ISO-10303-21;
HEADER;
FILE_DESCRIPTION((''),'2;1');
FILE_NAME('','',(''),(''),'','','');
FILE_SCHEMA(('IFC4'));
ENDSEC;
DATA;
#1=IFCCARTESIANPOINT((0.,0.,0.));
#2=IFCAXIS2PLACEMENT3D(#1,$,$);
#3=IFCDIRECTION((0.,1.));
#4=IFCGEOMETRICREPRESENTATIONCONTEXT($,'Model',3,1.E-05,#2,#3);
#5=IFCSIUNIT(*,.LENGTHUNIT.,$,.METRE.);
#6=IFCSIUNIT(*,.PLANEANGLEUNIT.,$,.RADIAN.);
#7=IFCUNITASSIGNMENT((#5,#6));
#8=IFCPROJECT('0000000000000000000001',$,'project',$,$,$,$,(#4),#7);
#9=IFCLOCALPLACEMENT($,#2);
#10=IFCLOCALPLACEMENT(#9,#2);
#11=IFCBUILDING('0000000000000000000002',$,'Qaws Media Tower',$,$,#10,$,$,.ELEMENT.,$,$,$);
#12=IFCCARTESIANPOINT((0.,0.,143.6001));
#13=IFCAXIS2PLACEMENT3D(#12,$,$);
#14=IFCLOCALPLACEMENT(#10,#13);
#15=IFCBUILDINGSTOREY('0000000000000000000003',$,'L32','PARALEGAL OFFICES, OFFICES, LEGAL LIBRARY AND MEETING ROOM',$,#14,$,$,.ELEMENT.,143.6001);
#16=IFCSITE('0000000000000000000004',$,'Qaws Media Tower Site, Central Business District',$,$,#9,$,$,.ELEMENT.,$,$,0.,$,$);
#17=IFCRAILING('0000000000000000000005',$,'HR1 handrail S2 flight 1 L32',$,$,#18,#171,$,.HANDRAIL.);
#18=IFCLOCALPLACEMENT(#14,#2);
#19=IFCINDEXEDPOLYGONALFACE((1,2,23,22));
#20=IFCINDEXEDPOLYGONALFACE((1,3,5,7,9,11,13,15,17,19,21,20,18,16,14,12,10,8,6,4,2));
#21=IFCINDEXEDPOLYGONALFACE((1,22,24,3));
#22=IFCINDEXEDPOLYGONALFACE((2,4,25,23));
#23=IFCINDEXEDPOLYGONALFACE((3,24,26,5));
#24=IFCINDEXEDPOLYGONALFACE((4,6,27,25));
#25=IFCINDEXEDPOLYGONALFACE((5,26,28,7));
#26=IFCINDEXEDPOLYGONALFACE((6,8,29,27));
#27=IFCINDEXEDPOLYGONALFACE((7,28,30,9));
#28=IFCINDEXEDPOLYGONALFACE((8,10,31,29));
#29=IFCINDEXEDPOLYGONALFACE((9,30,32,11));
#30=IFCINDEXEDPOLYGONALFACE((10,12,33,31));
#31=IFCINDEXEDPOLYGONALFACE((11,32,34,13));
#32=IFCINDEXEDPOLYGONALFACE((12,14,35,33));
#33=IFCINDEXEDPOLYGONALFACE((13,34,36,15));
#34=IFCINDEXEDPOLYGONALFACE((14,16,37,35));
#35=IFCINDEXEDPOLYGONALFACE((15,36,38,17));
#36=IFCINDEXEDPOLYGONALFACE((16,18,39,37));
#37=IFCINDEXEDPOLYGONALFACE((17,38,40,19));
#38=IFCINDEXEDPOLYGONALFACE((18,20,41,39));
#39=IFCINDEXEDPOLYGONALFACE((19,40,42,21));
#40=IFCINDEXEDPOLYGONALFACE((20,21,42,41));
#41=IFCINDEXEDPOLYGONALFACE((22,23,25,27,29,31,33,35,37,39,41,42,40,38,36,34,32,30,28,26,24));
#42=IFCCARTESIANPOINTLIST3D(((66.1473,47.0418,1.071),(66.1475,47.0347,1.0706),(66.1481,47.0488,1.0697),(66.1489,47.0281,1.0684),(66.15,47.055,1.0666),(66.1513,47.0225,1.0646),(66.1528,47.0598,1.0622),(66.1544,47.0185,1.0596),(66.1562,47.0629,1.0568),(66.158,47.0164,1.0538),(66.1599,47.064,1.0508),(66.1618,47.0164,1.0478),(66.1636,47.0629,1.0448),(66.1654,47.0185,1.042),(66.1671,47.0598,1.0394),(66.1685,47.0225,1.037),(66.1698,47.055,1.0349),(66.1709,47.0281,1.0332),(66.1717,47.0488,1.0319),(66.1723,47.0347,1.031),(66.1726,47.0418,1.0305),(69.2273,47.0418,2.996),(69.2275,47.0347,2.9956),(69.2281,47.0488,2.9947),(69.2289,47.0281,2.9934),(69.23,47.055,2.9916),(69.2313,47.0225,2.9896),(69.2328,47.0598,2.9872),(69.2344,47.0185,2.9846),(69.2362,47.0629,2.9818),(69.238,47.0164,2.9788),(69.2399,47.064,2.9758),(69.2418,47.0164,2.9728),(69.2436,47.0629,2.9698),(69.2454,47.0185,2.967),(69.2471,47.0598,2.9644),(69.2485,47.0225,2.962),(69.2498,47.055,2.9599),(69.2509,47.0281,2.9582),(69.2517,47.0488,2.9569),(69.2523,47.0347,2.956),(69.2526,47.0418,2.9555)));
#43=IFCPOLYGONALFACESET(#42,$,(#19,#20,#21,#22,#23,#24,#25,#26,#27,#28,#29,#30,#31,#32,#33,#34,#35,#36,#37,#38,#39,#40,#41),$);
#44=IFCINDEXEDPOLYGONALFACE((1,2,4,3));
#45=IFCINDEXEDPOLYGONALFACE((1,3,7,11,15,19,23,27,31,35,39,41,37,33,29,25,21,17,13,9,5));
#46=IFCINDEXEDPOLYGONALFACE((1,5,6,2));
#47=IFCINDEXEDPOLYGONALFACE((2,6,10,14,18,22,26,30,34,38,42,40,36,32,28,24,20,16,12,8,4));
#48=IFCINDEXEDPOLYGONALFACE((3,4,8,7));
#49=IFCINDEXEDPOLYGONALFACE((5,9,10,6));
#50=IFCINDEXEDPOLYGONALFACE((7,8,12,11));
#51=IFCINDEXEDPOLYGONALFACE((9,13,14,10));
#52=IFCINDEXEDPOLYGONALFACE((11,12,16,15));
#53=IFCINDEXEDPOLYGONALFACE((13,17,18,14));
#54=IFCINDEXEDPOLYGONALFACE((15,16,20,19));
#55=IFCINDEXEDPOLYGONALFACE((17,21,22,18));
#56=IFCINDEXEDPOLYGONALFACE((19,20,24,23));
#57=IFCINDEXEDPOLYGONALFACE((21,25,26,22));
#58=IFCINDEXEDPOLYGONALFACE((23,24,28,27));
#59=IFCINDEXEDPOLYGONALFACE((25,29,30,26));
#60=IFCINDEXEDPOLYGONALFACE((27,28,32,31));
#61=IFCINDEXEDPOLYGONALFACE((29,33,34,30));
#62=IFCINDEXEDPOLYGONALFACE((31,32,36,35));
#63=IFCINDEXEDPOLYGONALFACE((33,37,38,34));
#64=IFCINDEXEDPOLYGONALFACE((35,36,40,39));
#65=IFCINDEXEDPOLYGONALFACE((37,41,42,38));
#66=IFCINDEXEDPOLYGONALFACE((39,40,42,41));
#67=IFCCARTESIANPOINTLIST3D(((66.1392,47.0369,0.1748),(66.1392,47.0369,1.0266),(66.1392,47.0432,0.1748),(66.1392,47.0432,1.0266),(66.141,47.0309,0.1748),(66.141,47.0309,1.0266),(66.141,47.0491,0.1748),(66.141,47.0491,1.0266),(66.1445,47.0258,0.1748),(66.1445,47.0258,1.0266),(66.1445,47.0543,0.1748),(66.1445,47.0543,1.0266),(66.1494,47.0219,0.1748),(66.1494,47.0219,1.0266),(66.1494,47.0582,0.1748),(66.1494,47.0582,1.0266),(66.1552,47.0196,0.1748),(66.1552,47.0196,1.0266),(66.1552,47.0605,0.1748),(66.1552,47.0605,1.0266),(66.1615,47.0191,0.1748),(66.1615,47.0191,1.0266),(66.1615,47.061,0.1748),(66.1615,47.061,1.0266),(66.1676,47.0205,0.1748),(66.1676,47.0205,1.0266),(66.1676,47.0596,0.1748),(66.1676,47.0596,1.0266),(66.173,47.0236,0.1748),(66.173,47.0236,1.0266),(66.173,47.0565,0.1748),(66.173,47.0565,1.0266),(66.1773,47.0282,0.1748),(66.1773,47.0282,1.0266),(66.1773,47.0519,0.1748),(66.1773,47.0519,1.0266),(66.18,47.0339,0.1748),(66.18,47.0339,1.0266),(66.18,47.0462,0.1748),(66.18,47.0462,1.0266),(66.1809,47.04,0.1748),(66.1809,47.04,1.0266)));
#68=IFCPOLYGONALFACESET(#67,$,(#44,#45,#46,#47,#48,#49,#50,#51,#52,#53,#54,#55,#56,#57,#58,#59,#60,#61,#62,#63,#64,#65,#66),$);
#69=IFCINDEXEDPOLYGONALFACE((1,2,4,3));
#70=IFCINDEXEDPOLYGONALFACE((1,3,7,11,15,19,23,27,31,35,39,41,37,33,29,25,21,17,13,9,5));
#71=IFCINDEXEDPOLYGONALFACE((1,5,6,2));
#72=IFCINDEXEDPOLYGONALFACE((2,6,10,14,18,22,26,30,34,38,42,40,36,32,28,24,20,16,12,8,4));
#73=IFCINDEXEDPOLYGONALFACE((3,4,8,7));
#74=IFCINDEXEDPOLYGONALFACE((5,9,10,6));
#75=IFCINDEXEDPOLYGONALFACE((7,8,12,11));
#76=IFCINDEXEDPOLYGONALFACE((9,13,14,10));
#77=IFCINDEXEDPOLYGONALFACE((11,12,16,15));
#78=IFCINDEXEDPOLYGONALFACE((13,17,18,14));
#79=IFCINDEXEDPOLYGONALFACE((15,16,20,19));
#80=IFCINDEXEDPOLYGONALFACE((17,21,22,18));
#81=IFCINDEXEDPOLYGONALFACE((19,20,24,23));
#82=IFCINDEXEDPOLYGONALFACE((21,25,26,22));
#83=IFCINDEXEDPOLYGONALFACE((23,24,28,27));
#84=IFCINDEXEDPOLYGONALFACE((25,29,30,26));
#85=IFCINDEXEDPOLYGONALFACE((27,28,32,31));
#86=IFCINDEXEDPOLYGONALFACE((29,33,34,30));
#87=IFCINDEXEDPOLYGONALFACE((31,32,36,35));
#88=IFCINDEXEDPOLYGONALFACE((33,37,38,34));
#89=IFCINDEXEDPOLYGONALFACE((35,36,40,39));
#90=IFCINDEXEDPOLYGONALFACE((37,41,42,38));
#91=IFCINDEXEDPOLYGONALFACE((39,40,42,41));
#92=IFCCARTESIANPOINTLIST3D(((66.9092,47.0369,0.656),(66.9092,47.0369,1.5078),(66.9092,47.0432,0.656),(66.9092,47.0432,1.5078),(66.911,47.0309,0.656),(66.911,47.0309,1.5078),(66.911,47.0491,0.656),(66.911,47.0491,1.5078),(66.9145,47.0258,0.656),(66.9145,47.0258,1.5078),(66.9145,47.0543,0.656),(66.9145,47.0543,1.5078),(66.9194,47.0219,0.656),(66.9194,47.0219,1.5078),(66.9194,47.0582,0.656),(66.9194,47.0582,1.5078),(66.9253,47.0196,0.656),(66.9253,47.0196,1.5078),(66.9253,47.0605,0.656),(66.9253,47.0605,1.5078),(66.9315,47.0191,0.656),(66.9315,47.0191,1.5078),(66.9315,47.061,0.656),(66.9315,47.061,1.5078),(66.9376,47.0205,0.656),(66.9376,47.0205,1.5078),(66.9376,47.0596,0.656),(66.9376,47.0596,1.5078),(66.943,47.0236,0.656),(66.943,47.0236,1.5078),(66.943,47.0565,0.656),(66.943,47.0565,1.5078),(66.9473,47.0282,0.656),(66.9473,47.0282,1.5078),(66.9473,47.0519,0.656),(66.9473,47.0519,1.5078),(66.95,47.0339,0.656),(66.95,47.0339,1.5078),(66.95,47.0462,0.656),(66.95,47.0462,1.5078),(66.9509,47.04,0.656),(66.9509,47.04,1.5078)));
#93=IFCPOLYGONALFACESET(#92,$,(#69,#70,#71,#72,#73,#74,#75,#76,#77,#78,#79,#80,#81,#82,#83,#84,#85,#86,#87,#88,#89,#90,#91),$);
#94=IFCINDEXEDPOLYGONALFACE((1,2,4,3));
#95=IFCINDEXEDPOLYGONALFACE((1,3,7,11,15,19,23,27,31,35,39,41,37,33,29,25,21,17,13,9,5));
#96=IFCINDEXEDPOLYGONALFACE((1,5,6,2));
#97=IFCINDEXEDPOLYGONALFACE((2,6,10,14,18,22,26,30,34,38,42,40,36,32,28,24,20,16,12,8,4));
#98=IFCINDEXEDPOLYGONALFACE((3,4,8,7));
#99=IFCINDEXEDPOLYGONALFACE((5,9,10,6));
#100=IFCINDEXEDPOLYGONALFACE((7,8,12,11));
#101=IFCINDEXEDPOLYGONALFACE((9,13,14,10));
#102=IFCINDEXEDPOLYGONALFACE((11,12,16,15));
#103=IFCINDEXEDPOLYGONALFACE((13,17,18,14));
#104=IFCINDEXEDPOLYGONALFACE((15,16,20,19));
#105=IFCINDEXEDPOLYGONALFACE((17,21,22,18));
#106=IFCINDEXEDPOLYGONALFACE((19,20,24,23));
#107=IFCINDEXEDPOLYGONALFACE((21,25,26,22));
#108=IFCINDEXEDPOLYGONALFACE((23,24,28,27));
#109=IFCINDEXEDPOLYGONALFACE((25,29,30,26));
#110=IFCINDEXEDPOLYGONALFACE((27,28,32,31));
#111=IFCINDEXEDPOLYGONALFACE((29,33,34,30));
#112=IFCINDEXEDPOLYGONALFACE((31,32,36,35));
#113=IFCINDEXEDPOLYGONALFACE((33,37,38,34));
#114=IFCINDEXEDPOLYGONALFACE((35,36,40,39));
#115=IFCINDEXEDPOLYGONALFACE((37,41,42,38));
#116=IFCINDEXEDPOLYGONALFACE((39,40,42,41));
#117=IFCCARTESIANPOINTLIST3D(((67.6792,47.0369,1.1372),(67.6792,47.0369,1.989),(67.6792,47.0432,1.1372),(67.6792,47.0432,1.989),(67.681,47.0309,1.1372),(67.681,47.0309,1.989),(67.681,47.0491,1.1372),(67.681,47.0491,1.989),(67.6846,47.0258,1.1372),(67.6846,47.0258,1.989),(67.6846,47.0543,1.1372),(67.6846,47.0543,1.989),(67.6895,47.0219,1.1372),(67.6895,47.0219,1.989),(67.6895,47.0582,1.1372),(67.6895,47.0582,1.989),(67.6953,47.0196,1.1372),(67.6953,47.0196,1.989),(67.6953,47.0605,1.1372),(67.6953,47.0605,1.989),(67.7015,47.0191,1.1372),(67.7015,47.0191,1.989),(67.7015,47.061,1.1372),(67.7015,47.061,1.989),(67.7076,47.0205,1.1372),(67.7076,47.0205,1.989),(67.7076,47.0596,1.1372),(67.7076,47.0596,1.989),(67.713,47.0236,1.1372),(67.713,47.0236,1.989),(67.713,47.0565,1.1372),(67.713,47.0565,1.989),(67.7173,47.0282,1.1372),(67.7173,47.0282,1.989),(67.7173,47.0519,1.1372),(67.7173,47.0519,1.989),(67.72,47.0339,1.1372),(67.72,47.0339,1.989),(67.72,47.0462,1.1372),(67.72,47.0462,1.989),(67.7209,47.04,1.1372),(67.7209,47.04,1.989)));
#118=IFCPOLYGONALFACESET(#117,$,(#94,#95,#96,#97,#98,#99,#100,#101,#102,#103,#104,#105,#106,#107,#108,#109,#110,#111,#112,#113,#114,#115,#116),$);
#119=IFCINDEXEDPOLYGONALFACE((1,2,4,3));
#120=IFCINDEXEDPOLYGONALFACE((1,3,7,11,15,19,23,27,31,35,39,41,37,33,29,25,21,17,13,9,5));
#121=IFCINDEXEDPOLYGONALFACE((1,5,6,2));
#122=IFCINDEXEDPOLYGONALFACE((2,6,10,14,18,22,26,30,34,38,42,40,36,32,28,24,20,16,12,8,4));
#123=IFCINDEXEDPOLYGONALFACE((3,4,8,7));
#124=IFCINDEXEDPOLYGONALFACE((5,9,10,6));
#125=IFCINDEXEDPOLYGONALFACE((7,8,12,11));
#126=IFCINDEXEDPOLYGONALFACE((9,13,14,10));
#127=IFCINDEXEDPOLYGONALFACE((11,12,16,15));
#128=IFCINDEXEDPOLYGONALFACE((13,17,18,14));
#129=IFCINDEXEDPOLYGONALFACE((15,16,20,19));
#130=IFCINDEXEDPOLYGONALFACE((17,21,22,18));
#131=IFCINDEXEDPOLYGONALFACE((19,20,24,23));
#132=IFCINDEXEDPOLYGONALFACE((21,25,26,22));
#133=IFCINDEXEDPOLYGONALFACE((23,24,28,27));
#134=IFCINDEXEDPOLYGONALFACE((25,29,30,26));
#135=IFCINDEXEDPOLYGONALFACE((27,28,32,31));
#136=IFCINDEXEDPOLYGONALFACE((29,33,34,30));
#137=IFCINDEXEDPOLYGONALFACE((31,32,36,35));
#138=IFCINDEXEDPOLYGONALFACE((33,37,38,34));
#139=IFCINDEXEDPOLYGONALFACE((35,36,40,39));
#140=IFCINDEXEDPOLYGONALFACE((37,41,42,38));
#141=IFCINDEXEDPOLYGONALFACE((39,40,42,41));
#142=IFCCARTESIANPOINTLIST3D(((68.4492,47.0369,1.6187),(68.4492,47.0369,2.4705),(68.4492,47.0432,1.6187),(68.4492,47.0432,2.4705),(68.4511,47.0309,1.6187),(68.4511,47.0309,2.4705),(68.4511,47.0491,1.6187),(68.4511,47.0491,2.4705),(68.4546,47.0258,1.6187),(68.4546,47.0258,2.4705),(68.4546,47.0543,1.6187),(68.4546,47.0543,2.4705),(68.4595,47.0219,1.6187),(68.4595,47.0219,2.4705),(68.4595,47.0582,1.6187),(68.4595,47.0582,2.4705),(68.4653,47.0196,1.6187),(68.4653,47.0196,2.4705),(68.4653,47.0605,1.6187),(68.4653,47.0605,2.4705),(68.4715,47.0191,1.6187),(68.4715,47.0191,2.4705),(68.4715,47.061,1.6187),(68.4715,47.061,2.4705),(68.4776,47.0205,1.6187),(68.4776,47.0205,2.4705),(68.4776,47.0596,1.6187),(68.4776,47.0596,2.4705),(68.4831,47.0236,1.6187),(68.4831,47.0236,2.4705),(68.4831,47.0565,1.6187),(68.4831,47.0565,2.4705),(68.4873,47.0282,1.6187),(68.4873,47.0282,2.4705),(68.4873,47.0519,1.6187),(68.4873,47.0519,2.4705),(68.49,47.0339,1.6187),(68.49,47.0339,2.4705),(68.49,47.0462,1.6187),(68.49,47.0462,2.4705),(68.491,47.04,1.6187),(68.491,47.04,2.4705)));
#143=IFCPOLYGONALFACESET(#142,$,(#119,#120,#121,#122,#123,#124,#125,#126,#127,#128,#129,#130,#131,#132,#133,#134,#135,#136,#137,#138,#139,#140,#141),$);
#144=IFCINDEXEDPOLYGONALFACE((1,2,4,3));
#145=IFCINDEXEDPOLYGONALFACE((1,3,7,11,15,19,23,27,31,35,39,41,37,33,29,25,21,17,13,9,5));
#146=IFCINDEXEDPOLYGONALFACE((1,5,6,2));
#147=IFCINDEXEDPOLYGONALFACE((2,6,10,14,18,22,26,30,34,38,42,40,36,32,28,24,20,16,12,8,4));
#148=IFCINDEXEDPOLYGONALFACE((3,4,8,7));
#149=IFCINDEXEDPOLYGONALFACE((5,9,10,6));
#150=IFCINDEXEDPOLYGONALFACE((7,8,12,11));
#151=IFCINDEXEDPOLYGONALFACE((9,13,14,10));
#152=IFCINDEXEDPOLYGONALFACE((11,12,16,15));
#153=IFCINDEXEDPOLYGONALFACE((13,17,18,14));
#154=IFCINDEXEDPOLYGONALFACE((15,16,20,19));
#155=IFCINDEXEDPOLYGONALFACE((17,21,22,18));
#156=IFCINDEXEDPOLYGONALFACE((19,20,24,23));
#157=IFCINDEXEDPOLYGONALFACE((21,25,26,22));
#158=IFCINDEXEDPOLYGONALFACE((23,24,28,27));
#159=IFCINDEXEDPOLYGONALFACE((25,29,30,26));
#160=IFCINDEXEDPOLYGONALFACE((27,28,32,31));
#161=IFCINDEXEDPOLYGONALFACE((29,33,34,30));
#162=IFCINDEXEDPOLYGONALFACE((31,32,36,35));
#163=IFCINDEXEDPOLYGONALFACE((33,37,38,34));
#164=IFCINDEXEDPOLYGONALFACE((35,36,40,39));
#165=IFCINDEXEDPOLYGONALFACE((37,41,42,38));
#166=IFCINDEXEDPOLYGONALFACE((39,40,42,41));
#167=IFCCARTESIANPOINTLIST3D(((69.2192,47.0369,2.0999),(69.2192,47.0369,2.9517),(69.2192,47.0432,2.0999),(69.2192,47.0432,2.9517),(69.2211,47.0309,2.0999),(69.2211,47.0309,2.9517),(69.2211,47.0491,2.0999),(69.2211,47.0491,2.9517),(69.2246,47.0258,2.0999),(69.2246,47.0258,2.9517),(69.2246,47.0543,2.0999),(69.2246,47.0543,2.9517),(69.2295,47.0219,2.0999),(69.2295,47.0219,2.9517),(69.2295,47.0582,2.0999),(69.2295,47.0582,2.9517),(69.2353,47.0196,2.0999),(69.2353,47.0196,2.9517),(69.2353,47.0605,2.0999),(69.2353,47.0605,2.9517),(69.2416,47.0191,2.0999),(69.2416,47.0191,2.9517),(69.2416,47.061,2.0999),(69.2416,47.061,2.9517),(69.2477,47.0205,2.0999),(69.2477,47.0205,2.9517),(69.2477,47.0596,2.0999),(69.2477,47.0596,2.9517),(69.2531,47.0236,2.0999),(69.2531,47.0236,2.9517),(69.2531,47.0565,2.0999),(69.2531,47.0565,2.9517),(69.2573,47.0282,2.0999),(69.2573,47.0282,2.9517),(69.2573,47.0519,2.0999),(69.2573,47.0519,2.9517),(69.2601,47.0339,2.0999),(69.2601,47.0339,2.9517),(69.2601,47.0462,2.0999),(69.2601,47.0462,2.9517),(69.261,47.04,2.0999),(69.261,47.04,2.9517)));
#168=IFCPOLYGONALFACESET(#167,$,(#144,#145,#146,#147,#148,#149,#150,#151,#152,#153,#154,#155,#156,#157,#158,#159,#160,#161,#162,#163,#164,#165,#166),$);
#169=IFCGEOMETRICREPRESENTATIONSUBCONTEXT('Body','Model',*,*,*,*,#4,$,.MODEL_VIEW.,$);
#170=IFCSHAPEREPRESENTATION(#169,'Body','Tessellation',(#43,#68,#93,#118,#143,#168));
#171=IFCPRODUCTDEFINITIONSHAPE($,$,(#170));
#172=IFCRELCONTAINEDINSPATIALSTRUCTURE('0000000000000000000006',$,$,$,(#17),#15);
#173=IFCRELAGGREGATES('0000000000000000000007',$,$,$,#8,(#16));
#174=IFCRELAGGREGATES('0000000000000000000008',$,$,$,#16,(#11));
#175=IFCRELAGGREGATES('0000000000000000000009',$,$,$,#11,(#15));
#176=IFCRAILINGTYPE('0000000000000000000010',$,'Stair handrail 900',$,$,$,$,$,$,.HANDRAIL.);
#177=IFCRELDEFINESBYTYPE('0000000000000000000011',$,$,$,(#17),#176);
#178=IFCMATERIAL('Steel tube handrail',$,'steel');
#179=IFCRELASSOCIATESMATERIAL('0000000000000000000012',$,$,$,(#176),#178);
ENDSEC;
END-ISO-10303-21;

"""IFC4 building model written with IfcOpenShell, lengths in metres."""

from ifc_helpers import new_model, si_unit, direction, frame, origin, origin_2d, place, context, subcontext, project, spatial, circle, extrude, material, type_object, element, save


model = new_model("IFC4")

# Units and contexts
model_context = context("Model", 3, precision=1e-05, world=origin(), true_north=direction((0.0, 1.0)))
body_context = subcontext(model_context, "Body", "Model", "MODEL_VIEW")
ifc_project = project(units=[si_unit("LENGTHUNIT", "METRE"), si_unit("PLANEANGLEUNIT", "RADIAN")], contexts=[model_context])

# Site, building, storey
site_placement = place(None, origin())
site = spatial("IfcSite", under=ifc_project, at=site_placement, Name="Qaws Media Tower Site, Central Business District", CompositionType="ELEMENT", RefElevation=0.0)
building_placement = place(site_placement, origin())
building = spatial("IfcBuilding", under=site, at=building_placement, Name="Qaws Media Tower", CompositionType="ELEMENT")
storey_placement = place(building_placement, frame((0.0, 0.0, 143.6001)))
storey = spatial("IfcBuildingStorey", under=building, at=storey_placement, Name="L32", Description="PARALEGAL OFFICES, OFFICES, LEGAL LIBRARY AND MEETING ROOM", CompositionType="ELEMENT", Elevation=143.6001)

# Railing
ifc_material_1 = material(Name="Steel tube handrail", Category="steel")
railing_type = type_object("IfcRailingType", Name="Stair handrail 900", PredefinedType="HANDRAIL", material=ifc_material_1)
for number, where, name in (
    (1, (66.1599, 47.04, 0.1748), "HR1 handrail S2 flight 1 L32"),
):
    element("IfcRailing", number, at=place(storey_placement, frame(where)), inside=storey, type_object=railing_type, Name=name, PredefinedType="HANDRAIL", context=body_context, shape_type="SweptSolid", body=[
        extrude(circle(Radius=0.0239, at=origin_2d()), frame((0.0, 0.0, 0.876), z_axis=(0.847998, 0.0, 0.529999), x_axis=(0.0, 1.0, 0.0)), (0.0, 0.0, 1.0), 3.6321),
        extrude(circle(Radius=0.021, at=origin_2d()), origin(), (0.0, 0.0, 1.0), 0.8518),
        extrude(circle(Radius=0.021, at=origin_2d()), frame((0.77, 0.0, 0.4812)), (0.0, 0.0, 1.0), 0.8518),
        extrude(circle(Radius=0.021, at=origin_2d()), frame((1.54, 0.0, 0.9624)), (0.0, 0.0, 1.0), 0.8518),
        extrude(circle(Radius=0.021, at=origin_2d()), frame((2.3101, 0.0, 1.4438)), (0.0, 0.0, 1.0), 0.8518),
        extrude(circle(Radius=0.021, at=origin_2d()), frame((3.0801, 0.0, 1.925)), (0.0, 0.0, 1.0), 0.8518),
    ])

save(model, "model.ifc")
